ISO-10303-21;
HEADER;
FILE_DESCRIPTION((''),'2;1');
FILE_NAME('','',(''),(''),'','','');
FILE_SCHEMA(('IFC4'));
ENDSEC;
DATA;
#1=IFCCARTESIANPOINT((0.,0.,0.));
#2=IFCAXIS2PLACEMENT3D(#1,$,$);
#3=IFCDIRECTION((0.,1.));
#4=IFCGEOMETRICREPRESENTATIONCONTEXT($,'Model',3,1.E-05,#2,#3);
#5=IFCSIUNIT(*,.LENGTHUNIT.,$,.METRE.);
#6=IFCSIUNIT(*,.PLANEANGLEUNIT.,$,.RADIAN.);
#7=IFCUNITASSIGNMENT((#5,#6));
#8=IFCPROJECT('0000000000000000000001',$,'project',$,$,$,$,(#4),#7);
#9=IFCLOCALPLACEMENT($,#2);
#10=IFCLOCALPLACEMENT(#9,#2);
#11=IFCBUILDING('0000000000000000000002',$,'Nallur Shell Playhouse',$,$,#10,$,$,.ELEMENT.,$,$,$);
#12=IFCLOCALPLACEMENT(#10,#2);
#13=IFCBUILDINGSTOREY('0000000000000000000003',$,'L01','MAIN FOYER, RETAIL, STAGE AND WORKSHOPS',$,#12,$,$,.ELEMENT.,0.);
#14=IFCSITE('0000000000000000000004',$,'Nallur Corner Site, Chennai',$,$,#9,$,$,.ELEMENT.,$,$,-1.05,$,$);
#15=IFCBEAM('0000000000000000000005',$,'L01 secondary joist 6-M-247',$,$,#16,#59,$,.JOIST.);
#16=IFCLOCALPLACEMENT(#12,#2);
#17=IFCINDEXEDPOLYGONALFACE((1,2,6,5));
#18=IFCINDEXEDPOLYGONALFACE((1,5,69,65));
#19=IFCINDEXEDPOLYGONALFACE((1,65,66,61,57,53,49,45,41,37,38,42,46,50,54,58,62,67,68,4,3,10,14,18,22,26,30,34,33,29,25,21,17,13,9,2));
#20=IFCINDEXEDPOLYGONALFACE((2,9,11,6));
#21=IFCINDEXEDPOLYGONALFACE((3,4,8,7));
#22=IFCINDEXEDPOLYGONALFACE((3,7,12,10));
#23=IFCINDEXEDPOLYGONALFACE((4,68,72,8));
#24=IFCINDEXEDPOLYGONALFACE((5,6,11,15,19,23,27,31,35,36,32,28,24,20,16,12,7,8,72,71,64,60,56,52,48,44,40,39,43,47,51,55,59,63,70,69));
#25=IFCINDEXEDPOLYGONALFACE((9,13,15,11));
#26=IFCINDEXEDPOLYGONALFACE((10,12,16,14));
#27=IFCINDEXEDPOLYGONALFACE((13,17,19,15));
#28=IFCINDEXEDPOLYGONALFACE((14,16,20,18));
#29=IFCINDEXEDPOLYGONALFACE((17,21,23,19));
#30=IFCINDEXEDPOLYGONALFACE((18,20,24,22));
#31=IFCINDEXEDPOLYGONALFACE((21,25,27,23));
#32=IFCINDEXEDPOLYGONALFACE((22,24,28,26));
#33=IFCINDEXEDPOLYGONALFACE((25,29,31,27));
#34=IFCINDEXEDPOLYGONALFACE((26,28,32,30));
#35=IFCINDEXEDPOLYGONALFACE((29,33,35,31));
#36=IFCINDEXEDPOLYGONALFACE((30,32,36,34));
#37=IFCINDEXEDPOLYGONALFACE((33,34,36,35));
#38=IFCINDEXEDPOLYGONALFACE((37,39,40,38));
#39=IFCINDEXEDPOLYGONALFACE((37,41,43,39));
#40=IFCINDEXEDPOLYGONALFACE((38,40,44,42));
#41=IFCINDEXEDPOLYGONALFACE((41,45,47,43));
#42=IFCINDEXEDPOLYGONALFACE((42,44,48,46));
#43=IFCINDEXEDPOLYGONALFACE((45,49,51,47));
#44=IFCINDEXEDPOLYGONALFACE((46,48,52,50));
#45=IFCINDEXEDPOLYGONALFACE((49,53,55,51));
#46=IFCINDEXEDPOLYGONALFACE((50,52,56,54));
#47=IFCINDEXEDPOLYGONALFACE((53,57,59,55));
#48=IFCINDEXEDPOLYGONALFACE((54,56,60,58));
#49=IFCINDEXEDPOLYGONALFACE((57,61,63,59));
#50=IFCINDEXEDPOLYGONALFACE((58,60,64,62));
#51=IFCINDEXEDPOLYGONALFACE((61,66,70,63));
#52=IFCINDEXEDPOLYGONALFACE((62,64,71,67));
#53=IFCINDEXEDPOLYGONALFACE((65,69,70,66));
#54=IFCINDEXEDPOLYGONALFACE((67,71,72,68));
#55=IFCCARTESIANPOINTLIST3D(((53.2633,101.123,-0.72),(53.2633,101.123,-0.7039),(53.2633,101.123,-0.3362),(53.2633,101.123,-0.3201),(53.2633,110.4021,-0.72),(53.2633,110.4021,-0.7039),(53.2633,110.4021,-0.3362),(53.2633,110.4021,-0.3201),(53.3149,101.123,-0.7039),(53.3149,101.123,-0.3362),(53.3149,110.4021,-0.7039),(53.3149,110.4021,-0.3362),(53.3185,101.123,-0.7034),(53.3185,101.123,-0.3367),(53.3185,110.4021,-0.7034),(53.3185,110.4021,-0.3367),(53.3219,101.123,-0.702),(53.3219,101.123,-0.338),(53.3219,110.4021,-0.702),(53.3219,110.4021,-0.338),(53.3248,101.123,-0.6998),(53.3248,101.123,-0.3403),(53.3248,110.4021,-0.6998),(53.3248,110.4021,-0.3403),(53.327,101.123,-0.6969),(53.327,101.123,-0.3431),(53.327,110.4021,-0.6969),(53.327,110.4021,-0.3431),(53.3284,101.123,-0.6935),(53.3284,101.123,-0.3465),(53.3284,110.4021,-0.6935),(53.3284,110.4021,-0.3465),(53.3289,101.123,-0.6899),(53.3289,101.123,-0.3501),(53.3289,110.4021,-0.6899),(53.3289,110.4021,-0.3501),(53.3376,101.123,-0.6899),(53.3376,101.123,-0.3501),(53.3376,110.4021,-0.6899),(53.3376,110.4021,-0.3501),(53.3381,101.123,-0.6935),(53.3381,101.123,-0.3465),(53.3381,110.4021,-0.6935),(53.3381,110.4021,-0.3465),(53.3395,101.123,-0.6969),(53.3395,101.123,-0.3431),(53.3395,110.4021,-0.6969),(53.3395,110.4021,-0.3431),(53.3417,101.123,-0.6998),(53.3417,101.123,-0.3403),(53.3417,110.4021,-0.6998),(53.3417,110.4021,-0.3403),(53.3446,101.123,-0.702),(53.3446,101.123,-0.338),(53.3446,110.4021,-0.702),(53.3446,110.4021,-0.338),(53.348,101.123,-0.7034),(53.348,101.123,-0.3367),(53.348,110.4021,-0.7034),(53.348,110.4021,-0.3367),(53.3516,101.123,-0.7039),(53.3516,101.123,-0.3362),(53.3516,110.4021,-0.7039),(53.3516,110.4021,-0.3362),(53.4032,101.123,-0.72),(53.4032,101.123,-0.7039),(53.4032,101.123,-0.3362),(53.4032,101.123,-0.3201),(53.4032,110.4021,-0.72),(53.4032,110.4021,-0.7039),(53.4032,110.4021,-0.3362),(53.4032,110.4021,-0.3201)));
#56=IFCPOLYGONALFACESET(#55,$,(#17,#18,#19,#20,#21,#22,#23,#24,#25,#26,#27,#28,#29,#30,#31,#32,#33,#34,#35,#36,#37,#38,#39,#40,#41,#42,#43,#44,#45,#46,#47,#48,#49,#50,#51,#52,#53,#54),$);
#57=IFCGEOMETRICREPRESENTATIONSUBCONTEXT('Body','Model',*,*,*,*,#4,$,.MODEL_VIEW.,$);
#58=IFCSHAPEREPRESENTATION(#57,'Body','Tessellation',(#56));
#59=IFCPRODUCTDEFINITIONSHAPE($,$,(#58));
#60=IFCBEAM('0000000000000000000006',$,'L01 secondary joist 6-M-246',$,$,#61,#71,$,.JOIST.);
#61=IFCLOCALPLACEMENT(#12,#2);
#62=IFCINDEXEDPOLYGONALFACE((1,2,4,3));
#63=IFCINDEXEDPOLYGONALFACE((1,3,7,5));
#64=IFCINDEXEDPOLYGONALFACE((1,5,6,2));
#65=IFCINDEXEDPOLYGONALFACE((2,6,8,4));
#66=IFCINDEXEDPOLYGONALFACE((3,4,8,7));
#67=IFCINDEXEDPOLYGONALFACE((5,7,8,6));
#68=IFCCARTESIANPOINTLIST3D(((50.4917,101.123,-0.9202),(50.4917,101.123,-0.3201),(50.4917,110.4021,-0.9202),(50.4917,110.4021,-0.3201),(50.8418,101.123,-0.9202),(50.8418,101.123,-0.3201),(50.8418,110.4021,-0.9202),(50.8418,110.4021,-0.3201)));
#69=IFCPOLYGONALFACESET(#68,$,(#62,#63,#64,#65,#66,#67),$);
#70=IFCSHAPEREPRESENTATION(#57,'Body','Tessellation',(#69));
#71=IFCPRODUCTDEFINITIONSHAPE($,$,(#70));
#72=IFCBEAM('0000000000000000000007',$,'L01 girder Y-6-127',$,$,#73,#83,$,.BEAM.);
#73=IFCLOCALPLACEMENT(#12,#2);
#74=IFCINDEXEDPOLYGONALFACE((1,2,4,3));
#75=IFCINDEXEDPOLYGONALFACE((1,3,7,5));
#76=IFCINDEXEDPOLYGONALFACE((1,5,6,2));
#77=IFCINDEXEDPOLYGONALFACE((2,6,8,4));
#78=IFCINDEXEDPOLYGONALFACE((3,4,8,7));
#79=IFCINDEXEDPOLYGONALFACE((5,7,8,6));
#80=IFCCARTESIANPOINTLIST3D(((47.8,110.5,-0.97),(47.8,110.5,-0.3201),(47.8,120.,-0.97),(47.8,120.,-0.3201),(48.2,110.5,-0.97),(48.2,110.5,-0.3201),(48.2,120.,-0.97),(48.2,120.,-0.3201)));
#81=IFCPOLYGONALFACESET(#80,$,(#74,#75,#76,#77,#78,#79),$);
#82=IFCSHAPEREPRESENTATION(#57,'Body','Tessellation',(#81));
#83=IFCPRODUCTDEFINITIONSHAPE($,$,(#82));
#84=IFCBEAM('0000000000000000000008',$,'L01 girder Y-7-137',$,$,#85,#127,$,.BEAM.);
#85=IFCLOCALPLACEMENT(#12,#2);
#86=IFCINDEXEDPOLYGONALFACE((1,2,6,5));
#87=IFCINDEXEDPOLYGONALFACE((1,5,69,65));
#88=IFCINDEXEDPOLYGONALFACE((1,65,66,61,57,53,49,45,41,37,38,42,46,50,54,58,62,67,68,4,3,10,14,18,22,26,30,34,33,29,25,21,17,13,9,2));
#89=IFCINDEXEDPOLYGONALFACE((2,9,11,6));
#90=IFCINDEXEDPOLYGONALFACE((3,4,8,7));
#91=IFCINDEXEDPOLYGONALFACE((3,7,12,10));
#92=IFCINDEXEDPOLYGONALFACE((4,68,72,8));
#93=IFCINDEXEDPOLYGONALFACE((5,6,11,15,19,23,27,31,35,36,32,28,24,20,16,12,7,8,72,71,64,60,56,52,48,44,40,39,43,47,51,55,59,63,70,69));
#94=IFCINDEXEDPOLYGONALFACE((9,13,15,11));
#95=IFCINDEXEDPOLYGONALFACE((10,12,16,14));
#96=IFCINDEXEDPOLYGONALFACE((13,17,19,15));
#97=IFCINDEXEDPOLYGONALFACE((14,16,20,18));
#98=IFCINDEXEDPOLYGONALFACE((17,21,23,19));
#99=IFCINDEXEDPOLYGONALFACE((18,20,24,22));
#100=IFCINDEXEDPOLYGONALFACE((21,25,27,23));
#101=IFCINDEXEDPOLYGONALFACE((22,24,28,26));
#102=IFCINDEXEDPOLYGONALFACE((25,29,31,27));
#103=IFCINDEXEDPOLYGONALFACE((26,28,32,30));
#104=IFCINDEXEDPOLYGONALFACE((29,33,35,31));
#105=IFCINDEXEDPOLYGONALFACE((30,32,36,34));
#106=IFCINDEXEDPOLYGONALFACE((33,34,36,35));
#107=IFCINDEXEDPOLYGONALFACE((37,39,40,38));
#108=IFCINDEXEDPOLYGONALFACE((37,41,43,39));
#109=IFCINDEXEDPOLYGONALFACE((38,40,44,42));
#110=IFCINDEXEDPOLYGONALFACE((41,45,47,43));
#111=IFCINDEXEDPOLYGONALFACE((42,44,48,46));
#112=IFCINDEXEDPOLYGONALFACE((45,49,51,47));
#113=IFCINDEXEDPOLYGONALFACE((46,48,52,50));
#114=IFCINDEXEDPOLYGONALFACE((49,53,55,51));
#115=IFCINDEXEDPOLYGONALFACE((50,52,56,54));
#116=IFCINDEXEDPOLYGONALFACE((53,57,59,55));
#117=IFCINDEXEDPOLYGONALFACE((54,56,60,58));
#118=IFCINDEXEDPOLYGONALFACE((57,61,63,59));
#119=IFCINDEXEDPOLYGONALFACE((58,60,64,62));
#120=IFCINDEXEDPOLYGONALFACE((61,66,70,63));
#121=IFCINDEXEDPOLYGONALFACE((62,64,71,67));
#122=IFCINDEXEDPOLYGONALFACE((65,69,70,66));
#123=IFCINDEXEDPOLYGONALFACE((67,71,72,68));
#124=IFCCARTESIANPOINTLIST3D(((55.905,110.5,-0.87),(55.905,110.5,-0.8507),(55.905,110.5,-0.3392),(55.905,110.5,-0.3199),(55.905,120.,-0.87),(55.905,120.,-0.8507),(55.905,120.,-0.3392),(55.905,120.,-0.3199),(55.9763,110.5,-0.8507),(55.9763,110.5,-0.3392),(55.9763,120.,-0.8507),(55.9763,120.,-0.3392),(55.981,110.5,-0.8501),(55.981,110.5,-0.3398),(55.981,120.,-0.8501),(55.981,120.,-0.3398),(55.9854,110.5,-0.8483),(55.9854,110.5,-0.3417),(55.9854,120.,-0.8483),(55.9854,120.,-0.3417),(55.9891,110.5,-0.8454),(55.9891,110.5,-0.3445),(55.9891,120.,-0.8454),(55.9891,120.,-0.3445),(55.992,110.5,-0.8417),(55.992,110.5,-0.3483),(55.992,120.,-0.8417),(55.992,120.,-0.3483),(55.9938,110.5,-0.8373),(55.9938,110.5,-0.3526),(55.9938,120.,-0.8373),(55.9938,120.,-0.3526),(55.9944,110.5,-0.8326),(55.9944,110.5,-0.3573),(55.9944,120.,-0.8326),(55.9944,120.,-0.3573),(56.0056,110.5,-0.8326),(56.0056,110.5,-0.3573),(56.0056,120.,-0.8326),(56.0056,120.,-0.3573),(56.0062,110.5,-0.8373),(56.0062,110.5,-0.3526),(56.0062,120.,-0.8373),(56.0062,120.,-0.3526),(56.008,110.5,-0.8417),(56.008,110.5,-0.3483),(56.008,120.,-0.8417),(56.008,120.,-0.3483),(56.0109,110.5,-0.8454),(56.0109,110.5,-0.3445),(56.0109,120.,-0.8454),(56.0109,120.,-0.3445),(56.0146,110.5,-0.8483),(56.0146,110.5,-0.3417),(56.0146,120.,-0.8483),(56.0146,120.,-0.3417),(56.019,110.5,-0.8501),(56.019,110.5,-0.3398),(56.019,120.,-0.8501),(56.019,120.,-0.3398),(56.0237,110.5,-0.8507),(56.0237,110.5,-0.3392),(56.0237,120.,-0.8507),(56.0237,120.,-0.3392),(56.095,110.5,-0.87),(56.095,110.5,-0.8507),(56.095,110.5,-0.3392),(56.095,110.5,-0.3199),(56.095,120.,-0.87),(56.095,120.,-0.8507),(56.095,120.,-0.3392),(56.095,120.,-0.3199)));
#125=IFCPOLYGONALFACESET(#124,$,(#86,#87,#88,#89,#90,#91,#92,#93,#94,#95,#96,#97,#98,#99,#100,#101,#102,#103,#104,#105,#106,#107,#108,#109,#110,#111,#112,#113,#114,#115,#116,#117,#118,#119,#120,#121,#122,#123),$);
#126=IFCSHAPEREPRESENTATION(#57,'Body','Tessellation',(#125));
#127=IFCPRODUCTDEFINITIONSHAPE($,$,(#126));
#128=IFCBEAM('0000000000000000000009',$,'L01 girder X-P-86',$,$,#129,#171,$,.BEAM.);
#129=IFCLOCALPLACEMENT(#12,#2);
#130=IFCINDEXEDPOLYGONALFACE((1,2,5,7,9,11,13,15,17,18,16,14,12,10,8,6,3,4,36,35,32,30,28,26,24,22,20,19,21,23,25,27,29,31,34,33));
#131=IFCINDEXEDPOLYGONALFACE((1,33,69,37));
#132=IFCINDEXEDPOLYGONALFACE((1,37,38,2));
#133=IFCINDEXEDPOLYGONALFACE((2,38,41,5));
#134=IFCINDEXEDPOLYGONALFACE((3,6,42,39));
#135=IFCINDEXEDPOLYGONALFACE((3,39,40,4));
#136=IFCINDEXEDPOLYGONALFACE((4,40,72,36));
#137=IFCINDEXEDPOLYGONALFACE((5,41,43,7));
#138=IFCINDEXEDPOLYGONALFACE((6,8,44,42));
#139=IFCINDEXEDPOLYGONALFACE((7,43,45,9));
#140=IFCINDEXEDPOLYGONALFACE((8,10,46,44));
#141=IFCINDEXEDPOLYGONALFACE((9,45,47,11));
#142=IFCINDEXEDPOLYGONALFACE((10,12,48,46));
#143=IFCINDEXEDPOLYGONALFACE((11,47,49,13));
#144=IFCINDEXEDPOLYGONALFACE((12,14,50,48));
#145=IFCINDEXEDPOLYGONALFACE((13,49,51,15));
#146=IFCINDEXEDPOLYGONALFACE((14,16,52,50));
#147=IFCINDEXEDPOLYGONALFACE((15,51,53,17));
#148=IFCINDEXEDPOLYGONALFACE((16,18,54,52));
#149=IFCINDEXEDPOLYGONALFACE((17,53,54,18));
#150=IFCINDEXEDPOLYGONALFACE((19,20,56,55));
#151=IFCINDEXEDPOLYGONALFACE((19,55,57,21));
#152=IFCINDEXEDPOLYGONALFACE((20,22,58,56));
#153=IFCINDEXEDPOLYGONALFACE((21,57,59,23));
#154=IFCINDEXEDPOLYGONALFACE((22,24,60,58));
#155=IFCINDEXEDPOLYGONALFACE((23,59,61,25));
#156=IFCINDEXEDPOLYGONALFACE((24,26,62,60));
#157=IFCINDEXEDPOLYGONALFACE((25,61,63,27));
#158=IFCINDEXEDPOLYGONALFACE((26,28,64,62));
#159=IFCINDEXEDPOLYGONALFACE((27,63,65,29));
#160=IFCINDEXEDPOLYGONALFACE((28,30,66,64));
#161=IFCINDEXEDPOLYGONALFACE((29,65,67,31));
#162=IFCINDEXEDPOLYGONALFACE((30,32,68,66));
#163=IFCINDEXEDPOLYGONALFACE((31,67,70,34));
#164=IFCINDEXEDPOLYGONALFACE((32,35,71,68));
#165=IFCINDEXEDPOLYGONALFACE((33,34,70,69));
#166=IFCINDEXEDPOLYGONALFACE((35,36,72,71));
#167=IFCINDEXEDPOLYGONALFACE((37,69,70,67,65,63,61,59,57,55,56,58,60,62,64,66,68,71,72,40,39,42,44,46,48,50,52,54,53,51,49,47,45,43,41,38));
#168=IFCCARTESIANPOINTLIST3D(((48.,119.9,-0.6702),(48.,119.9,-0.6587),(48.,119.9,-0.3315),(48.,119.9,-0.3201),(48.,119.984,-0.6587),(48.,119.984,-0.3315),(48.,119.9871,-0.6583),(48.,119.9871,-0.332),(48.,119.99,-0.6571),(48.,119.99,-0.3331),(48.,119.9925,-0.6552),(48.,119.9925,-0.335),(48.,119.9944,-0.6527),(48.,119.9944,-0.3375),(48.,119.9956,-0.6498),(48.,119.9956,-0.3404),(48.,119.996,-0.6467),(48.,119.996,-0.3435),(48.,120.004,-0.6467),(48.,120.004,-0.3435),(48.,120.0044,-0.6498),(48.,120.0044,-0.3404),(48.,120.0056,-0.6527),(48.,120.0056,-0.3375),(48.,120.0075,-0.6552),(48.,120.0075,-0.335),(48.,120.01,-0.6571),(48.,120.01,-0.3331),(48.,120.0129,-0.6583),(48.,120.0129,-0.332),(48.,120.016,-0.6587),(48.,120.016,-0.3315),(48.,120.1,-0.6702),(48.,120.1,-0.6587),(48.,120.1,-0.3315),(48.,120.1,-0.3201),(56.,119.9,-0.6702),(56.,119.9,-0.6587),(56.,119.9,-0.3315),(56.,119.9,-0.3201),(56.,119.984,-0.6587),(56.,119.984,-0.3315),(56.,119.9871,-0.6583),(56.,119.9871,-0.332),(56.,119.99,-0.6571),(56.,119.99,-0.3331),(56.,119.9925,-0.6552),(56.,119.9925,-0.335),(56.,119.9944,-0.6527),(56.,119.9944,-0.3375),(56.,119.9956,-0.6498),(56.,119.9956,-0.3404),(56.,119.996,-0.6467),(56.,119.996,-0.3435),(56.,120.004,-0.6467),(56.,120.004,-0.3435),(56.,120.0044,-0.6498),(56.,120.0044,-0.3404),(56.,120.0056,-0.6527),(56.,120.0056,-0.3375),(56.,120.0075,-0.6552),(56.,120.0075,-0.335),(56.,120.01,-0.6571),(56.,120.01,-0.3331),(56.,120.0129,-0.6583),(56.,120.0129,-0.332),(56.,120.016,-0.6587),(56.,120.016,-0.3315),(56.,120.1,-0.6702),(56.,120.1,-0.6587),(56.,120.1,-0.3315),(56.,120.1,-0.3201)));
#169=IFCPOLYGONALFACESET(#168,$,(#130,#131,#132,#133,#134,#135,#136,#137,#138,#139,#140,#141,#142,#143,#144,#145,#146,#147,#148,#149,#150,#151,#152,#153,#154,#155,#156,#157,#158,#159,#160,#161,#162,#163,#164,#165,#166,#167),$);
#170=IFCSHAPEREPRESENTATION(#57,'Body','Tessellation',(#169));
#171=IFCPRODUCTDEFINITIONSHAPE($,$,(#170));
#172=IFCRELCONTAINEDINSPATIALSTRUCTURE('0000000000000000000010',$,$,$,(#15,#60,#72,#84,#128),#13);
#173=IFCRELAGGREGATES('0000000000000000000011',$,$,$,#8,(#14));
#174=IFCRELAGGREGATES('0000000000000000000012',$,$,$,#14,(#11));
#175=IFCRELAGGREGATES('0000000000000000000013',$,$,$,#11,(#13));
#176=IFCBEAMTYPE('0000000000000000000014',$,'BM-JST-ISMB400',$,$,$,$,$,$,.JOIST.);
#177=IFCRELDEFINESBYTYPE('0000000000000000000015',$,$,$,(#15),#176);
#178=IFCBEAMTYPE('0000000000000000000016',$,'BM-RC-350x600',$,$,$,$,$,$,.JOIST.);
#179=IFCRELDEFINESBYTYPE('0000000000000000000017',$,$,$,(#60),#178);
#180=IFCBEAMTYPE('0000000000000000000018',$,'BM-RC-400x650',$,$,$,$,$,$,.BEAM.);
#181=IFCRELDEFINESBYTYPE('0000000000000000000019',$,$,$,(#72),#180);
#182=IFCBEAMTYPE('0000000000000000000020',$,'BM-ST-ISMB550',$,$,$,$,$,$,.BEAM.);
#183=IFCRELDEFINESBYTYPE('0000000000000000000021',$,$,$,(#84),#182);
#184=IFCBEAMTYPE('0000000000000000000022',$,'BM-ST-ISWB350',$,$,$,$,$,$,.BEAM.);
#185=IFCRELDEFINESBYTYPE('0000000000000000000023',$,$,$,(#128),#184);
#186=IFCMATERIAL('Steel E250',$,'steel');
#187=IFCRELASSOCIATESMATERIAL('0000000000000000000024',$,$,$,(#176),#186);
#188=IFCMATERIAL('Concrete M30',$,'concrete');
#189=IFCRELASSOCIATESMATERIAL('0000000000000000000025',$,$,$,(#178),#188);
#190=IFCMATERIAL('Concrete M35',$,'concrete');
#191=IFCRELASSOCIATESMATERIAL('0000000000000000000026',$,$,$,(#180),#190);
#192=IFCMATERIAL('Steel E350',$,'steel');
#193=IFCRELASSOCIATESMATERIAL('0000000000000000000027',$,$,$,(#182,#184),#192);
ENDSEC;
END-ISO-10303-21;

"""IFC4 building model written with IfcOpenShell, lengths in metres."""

from ifc_helpers import new_model, si_unit, direction, frame, origin, origin_2d, place, context, subcontext, project, spatial, rectangle, i_section, extrude, material, material_profile, profile_set, type_object, element, save


model = new_model("IFC4")

# Units and contexts
model_context = context("Model", 3, precision=1e-05, world=origin(), true_north=direction((0.0, 1.0)))
body_context = subcontext(model_context, "Body", "Model", "MODEL_VIEW")
ifc_project = project(units=[si_unit("LENGTHUNIT", "METRE"), si_unit("PLANEANGLEUNIT", "RADIAN")], contexts=[model_context])

# Site, building, storey
site_placement = place(None, origin())
site = spatial("IfcSite", under=ifc_project, at=site_placement, Name="Nallur Corner Site, Chennai", CompositionType="ELEMENT", RefElevation=-1.05)
building_placement = place(site_placement, origin())
building = spatial("IfcBuilding", under=site, at=building_placement, Name="Nallur Shell Playhouse", CompositionType="ELEMENT")
storey_placement = place(building_placement, origin())
storey = spatial("IfcBuildingStorey", under=building, at=storey_placement, Name="L01", Description="MAIN FOYER, RETAIL, STAGE AND WORKSHOPS", CompositionType="ELEMENT", Elevation=0.0)

# Shared definitions
ifc_material_1 = material(Name="Concrete M35", Category="concrete")

# Beams
ifc_material_2 = material(Name="Steel E250", Category="steel")
ifc_material_profile_1 = material_profile(ifc_material_2, i_section(OverallWidth=0.1399, OverallDepth=0.3999, WebThickness=0.0088, FlangeThickness=0.0161, FilletRadius=0.0139, at=origin_2d()), Name="ISMB 400")
ifc_profile_set_1 = profile_set([ifc_material_profile_1], Name="Steel E250")
beam_type_1 = type_object("IfcBeamType", Name="BM-JST-ISMB400", PredefinedType="JOIST", material=ifc_profile_set_1)
for number, where, z_axis, x_axis, name in (
    (1, (53.3333, 101.123, -0.52), (0.0, 1.0, 0.0), (-1.0, 0.0, 0.0), "L01 secondary joist 6-M-247"),
):
    element("IfcBeam", number, at=place(storey_placement, frame(where, z_axis=z_axis, x_axis=x_axis)), inside=storey, type_object=beam_type_1, Name=name, PredefinedType="JOIST", context=body_context, shape_type="SweptSolid", body=[
        extrude(i_section(OverallWidth=0.1399, OverallDepth=0.3999, WebThickness=0.0088, FlangeThickness=0.0161, FilletRadius=0.0139, at=origin_2d()), origin(), (0.0, 0.0, 1.0), 9.2791),
    ])
ifc_material_3 = material(Name="Concrete M30", Category="concrete")
ifc_material_profile_2 = material_profile(ifc_material_3, rectangle(XDim=0.3501, YDim=0.6001, at=origin_2d()), Name="RC 350x600")
ifc_profile_set_2 = profile_set([ifc_material_profile_2], Name="Concrete M30")
beam_type_2 = type_object("IfcBeamType", Name="BM-RC-350x600", PredefinedType="JOIST", material=ifc_profile_set_2)
beam_1_placement = place(storey_placement, frame((50.6667, 101.123, -0.6201), z_axis=(0.0, 1.0, 0.0), x_axis=(-1.0, 0.0, 0.0)))
element("IfcBeam", 2, at=beam_1_placement, inside=storey, type_object=beam_type_2, Name="L01 secondary joist 6-M-246", PredefinedType="JOIST", context=body_context, shape_type="SweptSolid", body=[
    extrude(rectangle(XDim=0.3501, YDim=0.6001, at=origin_2d()), origin(), (0.0, 0.0, 1.0), 9.2791),
])
ifc_material_profile_3 = material_profile(ifc_material_1, rectangle(XDim=0.3999, YDim=0.6499, at=origin_2d()), Name="RC 400x650")
ifc_profile_set_3 = profile_set([ifc_material_profile_3], Name="Concrete M35")
beam_type_3 = type_object("IfcBeamType", Name="BM-RC-400x650", PredefinedType="BEAM", material=ifc_profile_set_3)
beam_2_placement = place(storey_placement, frame((48.0, 110.5, -0.645), z_axis=(0.0, 1.0, 0.0), x_axis=(-1.0, 0.0, 0.0)))
element("IfcBeam", 3, at=beam_2_placement, inside=storey, type_object=beam_type_3, Name="L01 girder Y-6-127", PredefinedType="BEAM", context=body_context, shape_type="SweptSolid", body=[
    extrude(rectangle(XDim=0.3999, YDim=0.6499, at=origin_2d()), origin(), (0.0, 0.0, 1.0), 9.5),
])
ifc_material_4 = material(Name="Steel E350", Category="steel")
ifc_material_profile_4 = material_profile(ifc_material_4, i_section(OverallWidth=0.1899, OverallDepth=0.55, WebThickness=0.0112, FlangeThickness=0.0193, FilletRadius=0.0181, at=origin_2d()), Name="ISMB 550")
ifc_profile_set_4 = profile_set([ifc_material_profile_4], Name="Steel E350")
beam_type_4 = type_object("IfcBeamType", Name="BM-ST-ISMB550", PredefinedType="BEAM", material=ifc_profile_set_4)
beam_3_placement = place(storey_placement, frame((56.0, 110.5, -0.595), z_axis=(0.0, 1.0, 0.0), x_axis=(-1.0, 0.0, 0.0)))
element("IfcBeam", 4, at=beam_3_placement, inside=storey, type_object=beam_type_4, Name="L01 girder Y-7-137", PredefinedType="BEAM", context=body_context, shape_type="SweptSolid", body=[
    extrude(i_section(OverallWidth=0.1899, OverallDepth=0.55, WebThickness=0.0112, FlangeThickness=0.0193, FilletRadius=0.0181, at=origin_2d()), origin(), (0.0, 0.0, 1.0), 9.5),
])
ifc_material_profile_5 = material_profile(ifc_material_4, i_section(OverallWidth=0.2, OverallDepth=0.3501, WebThickness=0.0081, FlangeThickness=0.0115, FilletRadius=0.012, at=origin_2d()), Name="ISWB 350")
ifc_profile_set_5 = profile_set([ifc_material_profile_5], Name="Steel E350")
beam_type_5 = type_object("IfcBeamType", Name="BM-ST-ISWB350", PredefinedType="BEAM", material=ifc_profile_set_5)
beam_4_placement = place(storey_placement, frame((48.0, 120.0, -0.4951), z_axis=(1.0, 0.0, 0.0), x_axis=(0.0, 1.0, 0.0)))
element("IfcBeam", 5, at=beam_4_placement, inside=storey, type_object=beam_type_5, Name="L01 girder X-P-86", PredefinedType="BEAM", context=body_context, shape_type="SweptSolid", body=[
    extrude(i_section(OverallWidth=0.2, OverallDepth=0.3501, WebThickness=0.0081, FlangeThickness=0.0115, FilletRadius=0.012, at=origin_2d()), origin(), (0.0, 0.0, 1.0), 8.0),
])

save(model, "model.ifc")
